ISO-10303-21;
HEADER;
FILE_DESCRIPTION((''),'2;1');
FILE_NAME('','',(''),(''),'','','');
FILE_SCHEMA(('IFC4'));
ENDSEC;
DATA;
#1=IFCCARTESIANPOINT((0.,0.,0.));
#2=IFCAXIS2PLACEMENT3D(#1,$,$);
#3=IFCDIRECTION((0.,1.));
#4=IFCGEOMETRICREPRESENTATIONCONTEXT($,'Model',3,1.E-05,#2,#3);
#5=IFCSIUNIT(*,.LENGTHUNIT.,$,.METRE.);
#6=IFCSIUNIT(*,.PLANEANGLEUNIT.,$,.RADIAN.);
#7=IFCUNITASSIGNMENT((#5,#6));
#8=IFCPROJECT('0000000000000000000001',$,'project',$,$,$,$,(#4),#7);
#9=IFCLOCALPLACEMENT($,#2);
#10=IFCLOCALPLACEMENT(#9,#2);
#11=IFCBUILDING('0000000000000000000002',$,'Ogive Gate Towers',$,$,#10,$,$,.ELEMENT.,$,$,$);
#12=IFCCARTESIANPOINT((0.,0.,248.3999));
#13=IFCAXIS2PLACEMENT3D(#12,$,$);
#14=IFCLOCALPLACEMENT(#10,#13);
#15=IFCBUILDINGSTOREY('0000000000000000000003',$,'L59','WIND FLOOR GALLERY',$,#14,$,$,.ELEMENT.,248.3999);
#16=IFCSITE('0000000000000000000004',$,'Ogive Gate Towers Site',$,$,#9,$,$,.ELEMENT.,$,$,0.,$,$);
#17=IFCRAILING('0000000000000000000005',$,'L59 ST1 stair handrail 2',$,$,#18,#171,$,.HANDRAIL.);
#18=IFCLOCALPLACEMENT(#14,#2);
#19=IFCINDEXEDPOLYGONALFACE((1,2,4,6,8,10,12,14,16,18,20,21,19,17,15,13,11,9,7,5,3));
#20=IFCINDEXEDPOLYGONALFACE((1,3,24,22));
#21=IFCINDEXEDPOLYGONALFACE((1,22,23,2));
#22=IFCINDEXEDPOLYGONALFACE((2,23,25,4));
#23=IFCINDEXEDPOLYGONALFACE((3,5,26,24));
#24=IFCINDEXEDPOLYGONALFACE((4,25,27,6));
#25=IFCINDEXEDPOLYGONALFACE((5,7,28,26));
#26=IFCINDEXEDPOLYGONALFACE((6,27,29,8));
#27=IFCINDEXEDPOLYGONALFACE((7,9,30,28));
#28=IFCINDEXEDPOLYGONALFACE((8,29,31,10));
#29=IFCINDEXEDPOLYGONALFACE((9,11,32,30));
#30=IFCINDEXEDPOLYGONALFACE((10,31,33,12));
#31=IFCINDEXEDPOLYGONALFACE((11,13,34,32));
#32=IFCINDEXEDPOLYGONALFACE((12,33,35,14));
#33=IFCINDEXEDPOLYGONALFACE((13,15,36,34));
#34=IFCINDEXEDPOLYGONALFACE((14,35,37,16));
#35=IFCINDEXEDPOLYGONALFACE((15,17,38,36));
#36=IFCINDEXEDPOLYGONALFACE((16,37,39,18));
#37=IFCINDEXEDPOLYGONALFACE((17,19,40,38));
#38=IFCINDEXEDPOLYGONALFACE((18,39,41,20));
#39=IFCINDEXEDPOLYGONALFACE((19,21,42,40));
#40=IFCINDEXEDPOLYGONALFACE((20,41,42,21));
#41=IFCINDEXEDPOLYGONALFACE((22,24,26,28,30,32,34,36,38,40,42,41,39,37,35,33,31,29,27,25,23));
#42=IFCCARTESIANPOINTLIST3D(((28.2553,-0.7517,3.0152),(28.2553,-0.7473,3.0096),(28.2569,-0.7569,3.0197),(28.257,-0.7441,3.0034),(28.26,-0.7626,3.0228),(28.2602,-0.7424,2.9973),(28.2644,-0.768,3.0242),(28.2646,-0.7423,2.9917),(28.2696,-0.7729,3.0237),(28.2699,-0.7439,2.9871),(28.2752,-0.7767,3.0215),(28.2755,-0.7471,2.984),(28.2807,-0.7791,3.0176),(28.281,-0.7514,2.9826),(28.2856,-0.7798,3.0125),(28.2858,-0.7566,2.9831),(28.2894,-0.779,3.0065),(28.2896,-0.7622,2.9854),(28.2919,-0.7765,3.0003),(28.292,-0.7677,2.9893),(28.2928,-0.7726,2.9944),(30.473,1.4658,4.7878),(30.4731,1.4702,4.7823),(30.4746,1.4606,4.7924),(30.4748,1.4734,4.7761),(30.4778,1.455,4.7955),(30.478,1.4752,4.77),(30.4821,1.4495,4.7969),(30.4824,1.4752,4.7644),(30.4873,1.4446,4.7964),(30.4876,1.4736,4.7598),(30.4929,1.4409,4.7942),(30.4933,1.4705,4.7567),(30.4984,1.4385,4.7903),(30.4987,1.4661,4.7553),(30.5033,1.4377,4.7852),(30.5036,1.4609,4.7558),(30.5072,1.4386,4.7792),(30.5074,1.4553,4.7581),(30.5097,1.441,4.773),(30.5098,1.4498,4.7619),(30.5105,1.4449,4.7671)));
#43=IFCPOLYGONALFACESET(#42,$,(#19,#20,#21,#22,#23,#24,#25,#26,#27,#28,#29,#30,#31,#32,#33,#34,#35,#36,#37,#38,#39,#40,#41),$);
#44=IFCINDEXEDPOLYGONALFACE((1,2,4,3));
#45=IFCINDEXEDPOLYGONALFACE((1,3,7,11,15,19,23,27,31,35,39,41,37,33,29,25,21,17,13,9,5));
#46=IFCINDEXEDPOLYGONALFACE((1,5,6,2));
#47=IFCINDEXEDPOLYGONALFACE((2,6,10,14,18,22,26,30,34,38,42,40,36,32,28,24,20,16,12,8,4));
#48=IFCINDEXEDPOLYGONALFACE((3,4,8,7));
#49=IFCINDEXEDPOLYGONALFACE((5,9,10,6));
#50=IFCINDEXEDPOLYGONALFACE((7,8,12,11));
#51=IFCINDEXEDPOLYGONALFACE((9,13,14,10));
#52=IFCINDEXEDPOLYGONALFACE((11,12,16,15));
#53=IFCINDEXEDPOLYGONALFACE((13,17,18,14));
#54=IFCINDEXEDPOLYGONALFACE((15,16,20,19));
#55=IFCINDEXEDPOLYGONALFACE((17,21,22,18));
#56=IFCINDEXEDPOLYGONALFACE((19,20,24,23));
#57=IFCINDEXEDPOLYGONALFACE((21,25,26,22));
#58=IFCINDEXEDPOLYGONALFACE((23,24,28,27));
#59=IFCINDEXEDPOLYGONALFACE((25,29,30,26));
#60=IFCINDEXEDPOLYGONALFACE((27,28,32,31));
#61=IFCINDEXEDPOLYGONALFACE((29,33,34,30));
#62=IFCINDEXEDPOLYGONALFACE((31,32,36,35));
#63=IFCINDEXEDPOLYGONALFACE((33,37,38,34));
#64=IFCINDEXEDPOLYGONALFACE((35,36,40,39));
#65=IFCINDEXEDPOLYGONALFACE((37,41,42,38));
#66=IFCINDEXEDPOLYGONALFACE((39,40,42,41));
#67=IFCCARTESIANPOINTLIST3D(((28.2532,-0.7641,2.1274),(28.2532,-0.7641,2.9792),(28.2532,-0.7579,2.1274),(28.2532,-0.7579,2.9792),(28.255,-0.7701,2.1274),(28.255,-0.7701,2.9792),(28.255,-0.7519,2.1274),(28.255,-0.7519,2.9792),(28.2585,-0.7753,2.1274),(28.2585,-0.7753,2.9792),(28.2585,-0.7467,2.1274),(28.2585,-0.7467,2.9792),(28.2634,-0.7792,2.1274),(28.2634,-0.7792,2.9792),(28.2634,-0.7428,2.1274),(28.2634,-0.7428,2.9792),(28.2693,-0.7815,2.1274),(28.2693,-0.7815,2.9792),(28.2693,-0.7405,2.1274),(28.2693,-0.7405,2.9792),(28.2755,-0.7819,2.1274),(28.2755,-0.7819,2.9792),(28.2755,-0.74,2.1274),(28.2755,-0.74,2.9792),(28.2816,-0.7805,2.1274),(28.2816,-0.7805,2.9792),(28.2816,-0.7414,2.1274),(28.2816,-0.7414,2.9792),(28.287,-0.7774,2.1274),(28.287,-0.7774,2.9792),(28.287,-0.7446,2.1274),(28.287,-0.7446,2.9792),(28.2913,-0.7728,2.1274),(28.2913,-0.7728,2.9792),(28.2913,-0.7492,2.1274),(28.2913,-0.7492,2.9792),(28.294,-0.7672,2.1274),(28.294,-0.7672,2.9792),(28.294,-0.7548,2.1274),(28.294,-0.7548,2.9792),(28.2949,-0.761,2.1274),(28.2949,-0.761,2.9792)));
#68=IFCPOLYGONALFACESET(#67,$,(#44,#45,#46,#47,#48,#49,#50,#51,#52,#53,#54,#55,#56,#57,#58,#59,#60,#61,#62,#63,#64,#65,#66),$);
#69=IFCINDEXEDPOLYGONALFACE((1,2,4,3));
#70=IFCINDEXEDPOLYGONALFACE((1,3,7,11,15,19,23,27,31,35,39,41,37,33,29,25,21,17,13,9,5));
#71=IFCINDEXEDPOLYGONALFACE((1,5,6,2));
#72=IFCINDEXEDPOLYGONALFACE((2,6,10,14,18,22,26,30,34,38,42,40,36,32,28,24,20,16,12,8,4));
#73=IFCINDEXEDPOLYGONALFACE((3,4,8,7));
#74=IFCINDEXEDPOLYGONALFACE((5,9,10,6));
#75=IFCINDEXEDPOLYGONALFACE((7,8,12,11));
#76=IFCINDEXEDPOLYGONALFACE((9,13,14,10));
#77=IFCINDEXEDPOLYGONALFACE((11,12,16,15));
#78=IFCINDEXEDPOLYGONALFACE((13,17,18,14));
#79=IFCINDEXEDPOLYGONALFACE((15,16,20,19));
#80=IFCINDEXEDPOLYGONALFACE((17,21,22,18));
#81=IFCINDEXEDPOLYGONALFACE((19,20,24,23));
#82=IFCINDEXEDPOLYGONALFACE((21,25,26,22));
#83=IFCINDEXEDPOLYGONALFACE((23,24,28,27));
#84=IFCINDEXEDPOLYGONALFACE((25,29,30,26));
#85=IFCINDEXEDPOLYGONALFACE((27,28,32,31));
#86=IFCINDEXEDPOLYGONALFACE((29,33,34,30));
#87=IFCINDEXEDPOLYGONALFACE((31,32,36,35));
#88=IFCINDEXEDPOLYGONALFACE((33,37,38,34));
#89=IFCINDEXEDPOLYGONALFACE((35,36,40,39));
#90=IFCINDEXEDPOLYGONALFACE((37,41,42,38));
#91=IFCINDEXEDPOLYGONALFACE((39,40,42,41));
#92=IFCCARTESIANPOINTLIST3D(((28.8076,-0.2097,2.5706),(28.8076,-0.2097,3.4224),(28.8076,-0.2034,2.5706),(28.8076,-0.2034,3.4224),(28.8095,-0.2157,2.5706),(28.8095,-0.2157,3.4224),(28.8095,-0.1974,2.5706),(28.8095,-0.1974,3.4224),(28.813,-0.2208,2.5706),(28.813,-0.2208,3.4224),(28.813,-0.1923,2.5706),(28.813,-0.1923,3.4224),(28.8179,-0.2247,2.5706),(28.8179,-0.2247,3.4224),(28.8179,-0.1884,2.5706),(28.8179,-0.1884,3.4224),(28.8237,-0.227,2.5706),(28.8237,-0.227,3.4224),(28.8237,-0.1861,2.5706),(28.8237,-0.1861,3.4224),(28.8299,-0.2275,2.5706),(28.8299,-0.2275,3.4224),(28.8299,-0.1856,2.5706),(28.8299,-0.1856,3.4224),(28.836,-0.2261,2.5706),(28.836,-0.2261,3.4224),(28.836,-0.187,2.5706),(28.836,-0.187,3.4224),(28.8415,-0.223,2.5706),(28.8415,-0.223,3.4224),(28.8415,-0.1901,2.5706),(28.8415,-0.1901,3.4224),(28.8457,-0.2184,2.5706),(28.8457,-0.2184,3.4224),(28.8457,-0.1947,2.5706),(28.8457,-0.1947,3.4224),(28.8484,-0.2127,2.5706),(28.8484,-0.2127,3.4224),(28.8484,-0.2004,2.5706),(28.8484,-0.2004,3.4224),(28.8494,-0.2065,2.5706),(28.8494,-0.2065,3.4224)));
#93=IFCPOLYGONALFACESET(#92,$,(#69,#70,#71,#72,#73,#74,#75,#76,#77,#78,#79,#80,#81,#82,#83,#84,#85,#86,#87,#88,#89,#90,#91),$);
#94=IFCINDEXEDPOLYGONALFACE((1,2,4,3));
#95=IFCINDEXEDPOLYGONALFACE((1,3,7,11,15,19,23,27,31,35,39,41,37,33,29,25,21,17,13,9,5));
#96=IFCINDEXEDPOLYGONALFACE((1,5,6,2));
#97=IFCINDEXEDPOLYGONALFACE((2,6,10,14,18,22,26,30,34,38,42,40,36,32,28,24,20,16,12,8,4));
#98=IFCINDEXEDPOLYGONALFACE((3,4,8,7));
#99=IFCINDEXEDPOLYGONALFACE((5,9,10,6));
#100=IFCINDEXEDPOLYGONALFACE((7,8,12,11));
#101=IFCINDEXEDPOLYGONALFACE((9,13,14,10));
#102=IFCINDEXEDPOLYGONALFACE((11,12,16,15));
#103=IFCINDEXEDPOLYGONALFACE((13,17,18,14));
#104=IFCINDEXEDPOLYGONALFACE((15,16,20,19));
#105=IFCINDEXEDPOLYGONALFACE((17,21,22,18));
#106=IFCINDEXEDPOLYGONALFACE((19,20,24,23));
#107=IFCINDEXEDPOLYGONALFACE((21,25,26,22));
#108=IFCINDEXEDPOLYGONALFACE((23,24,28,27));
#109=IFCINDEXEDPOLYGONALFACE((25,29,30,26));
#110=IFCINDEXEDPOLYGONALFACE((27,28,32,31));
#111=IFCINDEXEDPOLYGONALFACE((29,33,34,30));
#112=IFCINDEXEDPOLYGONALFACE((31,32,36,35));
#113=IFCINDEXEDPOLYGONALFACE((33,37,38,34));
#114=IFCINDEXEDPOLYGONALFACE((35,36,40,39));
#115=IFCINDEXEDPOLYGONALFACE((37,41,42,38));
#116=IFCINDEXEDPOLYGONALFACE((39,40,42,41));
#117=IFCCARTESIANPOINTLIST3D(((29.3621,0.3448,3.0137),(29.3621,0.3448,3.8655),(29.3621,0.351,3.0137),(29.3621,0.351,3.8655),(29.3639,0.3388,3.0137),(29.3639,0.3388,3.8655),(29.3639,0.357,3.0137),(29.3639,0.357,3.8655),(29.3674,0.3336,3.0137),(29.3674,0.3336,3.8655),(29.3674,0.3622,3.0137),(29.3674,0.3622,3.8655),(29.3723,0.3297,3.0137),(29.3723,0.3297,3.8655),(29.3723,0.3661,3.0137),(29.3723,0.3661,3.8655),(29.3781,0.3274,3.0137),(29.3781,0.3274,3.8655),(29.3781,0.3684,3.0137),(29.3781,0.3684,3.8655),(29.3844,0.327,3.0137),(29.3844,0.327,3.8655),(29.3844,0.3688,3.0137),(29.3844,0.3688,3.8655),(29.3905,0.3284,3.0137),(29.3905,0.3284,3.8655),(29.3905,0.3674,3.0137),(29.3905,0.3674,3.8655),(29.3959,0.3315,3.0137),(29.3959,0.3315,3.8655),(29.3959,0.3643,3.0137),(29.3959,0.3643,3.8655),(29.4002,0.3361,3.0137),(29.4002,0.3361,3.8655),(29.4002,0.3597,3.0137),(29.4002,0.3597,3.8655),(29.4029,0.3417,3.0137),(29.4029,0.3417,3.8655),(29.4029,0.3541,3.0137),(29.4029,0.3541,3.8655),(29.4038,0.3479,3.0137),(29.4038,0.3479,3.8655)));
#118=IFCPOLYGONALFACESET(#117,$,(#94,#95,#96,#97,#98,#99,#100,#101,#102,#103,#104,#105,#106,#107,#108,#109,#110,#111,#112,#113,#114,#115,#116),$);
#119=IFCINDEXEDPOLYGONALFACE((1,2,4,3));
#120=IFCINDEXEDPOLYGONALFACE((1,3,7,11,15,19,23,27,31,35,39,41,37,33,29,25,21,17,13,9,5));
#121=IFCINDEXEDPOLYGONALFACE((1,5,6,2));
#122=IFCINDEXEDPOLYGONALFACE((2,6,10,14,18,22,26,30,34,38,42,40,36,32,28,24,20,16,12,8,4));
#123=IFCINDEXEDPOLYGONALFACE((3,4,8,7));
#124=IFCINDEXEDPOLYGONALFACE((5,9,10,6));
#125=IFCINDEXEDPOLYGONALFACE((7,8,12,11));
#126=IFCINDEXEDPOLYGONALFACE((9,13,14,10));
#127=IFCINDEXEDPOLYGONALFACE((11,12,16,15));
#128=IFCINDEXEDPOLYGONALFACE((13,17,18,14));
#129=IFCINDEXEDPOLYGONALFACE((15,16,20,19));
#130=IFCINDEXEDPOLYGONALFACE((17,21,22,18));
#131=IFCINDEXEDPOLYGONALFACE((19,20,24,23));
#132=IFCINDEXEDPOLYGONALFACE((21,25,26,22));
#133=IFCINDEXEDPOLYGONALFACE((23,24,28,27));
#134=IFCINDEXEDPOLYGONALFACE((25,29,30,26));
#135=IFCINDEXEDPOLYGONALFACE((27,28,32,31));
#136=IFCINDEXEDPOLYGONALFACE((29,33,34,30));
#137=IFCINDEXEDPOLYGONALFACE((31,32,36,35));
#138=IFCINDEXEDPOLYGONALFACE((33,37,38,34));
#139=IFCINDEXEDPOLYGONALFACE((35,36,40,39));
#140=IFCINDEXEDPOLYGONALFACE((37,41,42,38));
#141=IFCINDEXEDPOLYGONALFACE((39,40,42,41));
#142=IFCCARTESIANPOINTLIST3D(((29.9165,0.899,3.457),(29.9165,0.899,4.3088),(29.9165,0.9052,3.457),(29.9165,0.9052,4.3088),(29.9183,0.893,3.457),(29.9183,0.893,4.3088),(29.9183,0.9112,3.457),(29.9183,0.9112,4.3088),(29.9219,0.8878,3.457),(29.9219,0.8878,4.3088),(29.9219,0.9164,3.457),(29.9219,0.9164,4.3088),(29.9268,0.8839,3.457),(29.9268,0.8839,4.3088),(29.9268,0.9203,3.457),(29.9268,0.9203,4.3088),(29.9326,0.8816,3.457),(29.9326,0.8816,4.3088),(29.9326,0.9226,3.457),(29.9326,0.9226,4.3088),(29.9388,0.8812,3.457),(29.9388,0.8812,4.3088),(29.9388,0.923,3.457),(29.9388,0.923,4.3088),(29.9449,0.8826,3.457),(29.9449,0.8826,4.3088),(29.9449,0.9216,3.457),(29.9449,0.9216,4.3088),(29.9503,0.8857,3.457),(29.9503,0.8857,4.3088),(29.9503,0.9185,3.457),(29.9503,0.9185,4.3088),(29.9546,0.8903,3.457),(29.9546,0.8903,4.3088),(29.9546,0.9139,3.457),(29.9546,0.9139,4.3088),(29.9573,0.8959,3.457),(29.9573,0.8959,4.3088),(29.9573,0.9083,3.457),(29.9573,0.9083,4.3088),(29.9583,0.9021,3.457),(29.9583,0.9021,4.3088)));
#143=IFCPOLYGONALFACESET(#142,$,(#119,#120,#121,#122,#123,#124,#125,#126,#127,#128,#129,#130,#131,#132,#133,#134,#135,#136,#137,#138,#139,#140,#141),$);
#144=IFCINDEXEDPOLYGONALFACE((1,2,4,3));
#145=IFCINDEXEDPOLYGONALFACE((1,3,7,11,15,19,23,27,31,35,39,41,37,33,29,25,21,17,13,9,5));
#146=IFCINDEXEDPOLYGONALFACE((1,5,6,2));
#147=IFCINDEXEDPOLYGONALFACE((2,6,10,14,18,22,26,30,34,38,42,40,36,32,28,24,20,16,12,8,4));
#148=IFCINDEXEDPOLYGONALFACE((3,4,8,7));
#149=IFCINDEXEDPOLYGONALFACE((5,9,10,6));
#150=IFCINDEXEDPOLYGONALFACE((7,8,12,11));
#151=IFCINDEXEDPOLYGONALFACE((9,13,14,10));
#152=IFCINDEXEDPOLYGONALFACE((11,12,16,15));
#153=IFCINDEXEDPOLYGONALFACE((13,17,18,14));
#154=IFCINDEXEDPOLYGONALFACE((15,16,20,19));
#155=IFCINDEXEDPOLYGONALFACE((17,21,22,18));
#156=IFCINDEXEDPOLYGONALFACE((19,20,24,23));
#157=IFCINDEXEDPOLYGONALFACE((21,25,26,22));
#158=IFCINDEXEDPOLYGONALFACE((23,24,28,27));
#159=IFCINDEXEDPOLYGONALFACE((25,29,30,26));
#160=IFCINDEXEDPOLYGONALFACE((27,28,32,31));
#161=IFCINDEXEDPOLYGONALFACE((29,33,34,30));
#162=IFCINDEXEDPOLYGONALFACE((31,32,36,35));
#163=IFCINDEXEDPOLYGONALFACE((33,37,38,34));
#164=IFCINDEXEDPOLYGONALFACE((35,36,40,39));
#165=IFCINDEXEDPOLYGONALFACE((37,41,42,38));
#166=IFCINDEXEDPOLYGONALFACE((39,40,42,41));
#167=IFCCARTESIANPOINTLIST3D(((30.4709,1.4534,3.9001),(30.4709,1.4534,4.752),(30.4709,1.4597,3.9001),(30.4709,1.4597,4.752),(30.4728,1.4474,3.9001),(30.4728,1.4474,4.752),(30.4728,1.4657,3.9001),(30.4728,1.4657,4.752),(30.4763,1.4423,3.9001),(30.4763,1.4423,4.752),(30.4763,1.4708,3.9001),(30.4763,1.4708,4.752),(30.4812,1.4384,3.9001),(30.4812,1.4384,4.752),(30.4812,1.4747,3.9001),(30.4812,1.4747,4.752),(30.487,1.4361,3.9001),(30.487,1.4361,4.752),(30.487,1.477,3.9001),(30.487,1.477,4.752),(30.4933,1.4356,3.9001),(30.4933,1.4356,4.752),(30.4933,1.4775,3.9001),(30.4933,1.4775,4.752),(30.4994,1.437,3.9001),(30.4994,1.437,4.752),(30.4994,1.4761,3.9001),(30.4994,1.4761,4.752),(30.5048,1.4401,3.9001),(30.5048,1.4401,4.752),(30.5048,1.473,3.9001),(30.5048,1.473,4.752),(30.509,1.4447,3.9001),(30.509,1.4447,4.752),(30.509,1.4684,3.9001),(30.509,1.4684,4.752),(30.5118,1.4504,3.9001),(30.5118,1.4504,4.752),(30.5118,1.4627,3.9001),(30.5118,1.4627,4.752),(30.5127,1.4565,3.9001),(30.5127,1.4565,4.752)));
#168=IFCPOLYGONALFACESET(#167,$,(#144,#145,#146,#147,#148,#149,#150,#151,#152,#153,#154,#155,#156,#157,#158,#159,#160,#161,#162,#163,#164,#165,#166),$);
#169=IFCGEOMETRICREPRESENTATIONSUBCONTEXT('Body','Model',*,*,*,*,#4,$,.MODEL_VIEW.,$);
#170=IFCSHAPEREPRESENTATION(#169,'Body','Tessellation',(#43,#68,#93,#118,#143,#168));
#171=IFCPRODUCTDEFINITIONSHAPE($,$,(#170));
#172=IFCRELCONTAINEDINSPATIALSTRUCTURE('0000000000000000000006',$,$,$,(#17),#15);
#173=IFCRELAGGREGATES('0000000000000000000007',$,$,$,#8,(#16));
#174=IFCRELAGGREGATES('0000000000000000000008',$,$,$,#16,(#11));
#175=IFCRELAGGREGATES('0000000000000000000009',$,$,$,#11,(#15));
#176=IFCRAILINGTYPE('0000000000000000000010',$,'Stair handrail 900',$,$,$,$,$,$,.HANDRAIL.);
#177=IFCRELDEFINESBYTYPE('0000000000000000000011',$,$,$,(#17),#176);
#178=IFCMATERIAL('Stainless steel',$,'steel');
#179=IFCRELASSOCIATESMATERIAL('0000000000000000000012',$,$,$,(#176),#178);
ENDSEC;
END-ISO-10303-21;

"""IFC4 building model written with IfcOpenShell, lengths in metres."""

from ifc_helpers import new_model, si_unit, direction, frame, origin, origin_2d, place, context, subcontext, project, spatial, circle, extrude, material, type_object, element, save


model = new_model("IFC4")

# Units and contexts
model_context = context("Model", 3, precision=1e-05, world=origin(), true_north=direction((0.0, 1.0)))
body_context = subcontext(model_context, "Body", "Model", "MODEL_VIEW")
ifc_project = project(units=[si_unit("LENGTHUNIT", "METRE"), si_unit("PLANEANGLEUNIT", "RADIAN")], contexts=[model_context])

# Site, building, storey
site_placement = place(None, origin())
site = spatial("IfcSite", under=ifc_project, at=site_placement, Name="Ogive Gate Towers Site", CompositionType="ELEMENT", RefElevation=0.0)
building_placement = place(site_placement, origin())
building = spatial("IfcBuilding", under=site, at=building_placement, Name="Ogive Gate Towers", CompositionType="ELEMENT")
storey_placement = place(building_placement, frame((0.0, 0.0, 248.3999)))
storey = spatial("IfcBuildingStorey", under=building, at=storey_placement, Name="L59", Description="WIND FLOOR GALLERY", CompositionType="ELEMENT", Elevation=248.3999)

# Railing
ifc_material_1 = material(Name="Stainless steel", Category="steel")
railing_type_1 = type_object("IfcRailingType", Name="Stair handrail 900", PredefinedType="HANDRAIL", material=ifc_material_1)
for number, where, name in (
    (1, (28.2739, -0.761, 2.1274), "L59 ST1 stair handrail 2"),
):
    element("IfcRailing", number, at=place(storey_placement, frame(where)), inside=storey, type_object=railing_type_1, Name=name, PredefinedType="HANDRAIL", context=body_context, shape_type="SweptSolid", body=[
        extrude(circle(Radius=0.0239, at=origin_2d()), frame((0.0, 0.0, 0.876), z_axis=(0.61561, 0.615543, 0.492068), x_axis=(-0.707068, 0.707146, 0.0)), (0.0, 0.0, 1.0), 3.6025),
        extrude(circle(Radius=0.021, at=origin_2d()), origin(), (0.0, 0.0, 1.0), 0.8518),
        extrude(circle(Radius=0.021, at=origin_2d()), frame((0.5544, 0.5544, 0.4431)), (0.0, 0.0, 1.0), 0.8518),
        extrude(circle(Radius=0.021, at=origin_2d()), frame((1.1089, 1.1089, 0.8862)), (0.0, 0.0, 1.0), 0.8518),
        extrude(circle(Radius=0.021, at=origin_2d()), frame((1.6633, 1.6631, 1.3296)), (0.0, 0.0, 1.0), 0.8518),
        extrude(circle(Radius=0.021, at=origin_2d()), frame((2.2178, 2.2175, 1.7727)), (0.0, 0.0, 1.0), 0.8518),
    ])

save(model, "model.ifc")
